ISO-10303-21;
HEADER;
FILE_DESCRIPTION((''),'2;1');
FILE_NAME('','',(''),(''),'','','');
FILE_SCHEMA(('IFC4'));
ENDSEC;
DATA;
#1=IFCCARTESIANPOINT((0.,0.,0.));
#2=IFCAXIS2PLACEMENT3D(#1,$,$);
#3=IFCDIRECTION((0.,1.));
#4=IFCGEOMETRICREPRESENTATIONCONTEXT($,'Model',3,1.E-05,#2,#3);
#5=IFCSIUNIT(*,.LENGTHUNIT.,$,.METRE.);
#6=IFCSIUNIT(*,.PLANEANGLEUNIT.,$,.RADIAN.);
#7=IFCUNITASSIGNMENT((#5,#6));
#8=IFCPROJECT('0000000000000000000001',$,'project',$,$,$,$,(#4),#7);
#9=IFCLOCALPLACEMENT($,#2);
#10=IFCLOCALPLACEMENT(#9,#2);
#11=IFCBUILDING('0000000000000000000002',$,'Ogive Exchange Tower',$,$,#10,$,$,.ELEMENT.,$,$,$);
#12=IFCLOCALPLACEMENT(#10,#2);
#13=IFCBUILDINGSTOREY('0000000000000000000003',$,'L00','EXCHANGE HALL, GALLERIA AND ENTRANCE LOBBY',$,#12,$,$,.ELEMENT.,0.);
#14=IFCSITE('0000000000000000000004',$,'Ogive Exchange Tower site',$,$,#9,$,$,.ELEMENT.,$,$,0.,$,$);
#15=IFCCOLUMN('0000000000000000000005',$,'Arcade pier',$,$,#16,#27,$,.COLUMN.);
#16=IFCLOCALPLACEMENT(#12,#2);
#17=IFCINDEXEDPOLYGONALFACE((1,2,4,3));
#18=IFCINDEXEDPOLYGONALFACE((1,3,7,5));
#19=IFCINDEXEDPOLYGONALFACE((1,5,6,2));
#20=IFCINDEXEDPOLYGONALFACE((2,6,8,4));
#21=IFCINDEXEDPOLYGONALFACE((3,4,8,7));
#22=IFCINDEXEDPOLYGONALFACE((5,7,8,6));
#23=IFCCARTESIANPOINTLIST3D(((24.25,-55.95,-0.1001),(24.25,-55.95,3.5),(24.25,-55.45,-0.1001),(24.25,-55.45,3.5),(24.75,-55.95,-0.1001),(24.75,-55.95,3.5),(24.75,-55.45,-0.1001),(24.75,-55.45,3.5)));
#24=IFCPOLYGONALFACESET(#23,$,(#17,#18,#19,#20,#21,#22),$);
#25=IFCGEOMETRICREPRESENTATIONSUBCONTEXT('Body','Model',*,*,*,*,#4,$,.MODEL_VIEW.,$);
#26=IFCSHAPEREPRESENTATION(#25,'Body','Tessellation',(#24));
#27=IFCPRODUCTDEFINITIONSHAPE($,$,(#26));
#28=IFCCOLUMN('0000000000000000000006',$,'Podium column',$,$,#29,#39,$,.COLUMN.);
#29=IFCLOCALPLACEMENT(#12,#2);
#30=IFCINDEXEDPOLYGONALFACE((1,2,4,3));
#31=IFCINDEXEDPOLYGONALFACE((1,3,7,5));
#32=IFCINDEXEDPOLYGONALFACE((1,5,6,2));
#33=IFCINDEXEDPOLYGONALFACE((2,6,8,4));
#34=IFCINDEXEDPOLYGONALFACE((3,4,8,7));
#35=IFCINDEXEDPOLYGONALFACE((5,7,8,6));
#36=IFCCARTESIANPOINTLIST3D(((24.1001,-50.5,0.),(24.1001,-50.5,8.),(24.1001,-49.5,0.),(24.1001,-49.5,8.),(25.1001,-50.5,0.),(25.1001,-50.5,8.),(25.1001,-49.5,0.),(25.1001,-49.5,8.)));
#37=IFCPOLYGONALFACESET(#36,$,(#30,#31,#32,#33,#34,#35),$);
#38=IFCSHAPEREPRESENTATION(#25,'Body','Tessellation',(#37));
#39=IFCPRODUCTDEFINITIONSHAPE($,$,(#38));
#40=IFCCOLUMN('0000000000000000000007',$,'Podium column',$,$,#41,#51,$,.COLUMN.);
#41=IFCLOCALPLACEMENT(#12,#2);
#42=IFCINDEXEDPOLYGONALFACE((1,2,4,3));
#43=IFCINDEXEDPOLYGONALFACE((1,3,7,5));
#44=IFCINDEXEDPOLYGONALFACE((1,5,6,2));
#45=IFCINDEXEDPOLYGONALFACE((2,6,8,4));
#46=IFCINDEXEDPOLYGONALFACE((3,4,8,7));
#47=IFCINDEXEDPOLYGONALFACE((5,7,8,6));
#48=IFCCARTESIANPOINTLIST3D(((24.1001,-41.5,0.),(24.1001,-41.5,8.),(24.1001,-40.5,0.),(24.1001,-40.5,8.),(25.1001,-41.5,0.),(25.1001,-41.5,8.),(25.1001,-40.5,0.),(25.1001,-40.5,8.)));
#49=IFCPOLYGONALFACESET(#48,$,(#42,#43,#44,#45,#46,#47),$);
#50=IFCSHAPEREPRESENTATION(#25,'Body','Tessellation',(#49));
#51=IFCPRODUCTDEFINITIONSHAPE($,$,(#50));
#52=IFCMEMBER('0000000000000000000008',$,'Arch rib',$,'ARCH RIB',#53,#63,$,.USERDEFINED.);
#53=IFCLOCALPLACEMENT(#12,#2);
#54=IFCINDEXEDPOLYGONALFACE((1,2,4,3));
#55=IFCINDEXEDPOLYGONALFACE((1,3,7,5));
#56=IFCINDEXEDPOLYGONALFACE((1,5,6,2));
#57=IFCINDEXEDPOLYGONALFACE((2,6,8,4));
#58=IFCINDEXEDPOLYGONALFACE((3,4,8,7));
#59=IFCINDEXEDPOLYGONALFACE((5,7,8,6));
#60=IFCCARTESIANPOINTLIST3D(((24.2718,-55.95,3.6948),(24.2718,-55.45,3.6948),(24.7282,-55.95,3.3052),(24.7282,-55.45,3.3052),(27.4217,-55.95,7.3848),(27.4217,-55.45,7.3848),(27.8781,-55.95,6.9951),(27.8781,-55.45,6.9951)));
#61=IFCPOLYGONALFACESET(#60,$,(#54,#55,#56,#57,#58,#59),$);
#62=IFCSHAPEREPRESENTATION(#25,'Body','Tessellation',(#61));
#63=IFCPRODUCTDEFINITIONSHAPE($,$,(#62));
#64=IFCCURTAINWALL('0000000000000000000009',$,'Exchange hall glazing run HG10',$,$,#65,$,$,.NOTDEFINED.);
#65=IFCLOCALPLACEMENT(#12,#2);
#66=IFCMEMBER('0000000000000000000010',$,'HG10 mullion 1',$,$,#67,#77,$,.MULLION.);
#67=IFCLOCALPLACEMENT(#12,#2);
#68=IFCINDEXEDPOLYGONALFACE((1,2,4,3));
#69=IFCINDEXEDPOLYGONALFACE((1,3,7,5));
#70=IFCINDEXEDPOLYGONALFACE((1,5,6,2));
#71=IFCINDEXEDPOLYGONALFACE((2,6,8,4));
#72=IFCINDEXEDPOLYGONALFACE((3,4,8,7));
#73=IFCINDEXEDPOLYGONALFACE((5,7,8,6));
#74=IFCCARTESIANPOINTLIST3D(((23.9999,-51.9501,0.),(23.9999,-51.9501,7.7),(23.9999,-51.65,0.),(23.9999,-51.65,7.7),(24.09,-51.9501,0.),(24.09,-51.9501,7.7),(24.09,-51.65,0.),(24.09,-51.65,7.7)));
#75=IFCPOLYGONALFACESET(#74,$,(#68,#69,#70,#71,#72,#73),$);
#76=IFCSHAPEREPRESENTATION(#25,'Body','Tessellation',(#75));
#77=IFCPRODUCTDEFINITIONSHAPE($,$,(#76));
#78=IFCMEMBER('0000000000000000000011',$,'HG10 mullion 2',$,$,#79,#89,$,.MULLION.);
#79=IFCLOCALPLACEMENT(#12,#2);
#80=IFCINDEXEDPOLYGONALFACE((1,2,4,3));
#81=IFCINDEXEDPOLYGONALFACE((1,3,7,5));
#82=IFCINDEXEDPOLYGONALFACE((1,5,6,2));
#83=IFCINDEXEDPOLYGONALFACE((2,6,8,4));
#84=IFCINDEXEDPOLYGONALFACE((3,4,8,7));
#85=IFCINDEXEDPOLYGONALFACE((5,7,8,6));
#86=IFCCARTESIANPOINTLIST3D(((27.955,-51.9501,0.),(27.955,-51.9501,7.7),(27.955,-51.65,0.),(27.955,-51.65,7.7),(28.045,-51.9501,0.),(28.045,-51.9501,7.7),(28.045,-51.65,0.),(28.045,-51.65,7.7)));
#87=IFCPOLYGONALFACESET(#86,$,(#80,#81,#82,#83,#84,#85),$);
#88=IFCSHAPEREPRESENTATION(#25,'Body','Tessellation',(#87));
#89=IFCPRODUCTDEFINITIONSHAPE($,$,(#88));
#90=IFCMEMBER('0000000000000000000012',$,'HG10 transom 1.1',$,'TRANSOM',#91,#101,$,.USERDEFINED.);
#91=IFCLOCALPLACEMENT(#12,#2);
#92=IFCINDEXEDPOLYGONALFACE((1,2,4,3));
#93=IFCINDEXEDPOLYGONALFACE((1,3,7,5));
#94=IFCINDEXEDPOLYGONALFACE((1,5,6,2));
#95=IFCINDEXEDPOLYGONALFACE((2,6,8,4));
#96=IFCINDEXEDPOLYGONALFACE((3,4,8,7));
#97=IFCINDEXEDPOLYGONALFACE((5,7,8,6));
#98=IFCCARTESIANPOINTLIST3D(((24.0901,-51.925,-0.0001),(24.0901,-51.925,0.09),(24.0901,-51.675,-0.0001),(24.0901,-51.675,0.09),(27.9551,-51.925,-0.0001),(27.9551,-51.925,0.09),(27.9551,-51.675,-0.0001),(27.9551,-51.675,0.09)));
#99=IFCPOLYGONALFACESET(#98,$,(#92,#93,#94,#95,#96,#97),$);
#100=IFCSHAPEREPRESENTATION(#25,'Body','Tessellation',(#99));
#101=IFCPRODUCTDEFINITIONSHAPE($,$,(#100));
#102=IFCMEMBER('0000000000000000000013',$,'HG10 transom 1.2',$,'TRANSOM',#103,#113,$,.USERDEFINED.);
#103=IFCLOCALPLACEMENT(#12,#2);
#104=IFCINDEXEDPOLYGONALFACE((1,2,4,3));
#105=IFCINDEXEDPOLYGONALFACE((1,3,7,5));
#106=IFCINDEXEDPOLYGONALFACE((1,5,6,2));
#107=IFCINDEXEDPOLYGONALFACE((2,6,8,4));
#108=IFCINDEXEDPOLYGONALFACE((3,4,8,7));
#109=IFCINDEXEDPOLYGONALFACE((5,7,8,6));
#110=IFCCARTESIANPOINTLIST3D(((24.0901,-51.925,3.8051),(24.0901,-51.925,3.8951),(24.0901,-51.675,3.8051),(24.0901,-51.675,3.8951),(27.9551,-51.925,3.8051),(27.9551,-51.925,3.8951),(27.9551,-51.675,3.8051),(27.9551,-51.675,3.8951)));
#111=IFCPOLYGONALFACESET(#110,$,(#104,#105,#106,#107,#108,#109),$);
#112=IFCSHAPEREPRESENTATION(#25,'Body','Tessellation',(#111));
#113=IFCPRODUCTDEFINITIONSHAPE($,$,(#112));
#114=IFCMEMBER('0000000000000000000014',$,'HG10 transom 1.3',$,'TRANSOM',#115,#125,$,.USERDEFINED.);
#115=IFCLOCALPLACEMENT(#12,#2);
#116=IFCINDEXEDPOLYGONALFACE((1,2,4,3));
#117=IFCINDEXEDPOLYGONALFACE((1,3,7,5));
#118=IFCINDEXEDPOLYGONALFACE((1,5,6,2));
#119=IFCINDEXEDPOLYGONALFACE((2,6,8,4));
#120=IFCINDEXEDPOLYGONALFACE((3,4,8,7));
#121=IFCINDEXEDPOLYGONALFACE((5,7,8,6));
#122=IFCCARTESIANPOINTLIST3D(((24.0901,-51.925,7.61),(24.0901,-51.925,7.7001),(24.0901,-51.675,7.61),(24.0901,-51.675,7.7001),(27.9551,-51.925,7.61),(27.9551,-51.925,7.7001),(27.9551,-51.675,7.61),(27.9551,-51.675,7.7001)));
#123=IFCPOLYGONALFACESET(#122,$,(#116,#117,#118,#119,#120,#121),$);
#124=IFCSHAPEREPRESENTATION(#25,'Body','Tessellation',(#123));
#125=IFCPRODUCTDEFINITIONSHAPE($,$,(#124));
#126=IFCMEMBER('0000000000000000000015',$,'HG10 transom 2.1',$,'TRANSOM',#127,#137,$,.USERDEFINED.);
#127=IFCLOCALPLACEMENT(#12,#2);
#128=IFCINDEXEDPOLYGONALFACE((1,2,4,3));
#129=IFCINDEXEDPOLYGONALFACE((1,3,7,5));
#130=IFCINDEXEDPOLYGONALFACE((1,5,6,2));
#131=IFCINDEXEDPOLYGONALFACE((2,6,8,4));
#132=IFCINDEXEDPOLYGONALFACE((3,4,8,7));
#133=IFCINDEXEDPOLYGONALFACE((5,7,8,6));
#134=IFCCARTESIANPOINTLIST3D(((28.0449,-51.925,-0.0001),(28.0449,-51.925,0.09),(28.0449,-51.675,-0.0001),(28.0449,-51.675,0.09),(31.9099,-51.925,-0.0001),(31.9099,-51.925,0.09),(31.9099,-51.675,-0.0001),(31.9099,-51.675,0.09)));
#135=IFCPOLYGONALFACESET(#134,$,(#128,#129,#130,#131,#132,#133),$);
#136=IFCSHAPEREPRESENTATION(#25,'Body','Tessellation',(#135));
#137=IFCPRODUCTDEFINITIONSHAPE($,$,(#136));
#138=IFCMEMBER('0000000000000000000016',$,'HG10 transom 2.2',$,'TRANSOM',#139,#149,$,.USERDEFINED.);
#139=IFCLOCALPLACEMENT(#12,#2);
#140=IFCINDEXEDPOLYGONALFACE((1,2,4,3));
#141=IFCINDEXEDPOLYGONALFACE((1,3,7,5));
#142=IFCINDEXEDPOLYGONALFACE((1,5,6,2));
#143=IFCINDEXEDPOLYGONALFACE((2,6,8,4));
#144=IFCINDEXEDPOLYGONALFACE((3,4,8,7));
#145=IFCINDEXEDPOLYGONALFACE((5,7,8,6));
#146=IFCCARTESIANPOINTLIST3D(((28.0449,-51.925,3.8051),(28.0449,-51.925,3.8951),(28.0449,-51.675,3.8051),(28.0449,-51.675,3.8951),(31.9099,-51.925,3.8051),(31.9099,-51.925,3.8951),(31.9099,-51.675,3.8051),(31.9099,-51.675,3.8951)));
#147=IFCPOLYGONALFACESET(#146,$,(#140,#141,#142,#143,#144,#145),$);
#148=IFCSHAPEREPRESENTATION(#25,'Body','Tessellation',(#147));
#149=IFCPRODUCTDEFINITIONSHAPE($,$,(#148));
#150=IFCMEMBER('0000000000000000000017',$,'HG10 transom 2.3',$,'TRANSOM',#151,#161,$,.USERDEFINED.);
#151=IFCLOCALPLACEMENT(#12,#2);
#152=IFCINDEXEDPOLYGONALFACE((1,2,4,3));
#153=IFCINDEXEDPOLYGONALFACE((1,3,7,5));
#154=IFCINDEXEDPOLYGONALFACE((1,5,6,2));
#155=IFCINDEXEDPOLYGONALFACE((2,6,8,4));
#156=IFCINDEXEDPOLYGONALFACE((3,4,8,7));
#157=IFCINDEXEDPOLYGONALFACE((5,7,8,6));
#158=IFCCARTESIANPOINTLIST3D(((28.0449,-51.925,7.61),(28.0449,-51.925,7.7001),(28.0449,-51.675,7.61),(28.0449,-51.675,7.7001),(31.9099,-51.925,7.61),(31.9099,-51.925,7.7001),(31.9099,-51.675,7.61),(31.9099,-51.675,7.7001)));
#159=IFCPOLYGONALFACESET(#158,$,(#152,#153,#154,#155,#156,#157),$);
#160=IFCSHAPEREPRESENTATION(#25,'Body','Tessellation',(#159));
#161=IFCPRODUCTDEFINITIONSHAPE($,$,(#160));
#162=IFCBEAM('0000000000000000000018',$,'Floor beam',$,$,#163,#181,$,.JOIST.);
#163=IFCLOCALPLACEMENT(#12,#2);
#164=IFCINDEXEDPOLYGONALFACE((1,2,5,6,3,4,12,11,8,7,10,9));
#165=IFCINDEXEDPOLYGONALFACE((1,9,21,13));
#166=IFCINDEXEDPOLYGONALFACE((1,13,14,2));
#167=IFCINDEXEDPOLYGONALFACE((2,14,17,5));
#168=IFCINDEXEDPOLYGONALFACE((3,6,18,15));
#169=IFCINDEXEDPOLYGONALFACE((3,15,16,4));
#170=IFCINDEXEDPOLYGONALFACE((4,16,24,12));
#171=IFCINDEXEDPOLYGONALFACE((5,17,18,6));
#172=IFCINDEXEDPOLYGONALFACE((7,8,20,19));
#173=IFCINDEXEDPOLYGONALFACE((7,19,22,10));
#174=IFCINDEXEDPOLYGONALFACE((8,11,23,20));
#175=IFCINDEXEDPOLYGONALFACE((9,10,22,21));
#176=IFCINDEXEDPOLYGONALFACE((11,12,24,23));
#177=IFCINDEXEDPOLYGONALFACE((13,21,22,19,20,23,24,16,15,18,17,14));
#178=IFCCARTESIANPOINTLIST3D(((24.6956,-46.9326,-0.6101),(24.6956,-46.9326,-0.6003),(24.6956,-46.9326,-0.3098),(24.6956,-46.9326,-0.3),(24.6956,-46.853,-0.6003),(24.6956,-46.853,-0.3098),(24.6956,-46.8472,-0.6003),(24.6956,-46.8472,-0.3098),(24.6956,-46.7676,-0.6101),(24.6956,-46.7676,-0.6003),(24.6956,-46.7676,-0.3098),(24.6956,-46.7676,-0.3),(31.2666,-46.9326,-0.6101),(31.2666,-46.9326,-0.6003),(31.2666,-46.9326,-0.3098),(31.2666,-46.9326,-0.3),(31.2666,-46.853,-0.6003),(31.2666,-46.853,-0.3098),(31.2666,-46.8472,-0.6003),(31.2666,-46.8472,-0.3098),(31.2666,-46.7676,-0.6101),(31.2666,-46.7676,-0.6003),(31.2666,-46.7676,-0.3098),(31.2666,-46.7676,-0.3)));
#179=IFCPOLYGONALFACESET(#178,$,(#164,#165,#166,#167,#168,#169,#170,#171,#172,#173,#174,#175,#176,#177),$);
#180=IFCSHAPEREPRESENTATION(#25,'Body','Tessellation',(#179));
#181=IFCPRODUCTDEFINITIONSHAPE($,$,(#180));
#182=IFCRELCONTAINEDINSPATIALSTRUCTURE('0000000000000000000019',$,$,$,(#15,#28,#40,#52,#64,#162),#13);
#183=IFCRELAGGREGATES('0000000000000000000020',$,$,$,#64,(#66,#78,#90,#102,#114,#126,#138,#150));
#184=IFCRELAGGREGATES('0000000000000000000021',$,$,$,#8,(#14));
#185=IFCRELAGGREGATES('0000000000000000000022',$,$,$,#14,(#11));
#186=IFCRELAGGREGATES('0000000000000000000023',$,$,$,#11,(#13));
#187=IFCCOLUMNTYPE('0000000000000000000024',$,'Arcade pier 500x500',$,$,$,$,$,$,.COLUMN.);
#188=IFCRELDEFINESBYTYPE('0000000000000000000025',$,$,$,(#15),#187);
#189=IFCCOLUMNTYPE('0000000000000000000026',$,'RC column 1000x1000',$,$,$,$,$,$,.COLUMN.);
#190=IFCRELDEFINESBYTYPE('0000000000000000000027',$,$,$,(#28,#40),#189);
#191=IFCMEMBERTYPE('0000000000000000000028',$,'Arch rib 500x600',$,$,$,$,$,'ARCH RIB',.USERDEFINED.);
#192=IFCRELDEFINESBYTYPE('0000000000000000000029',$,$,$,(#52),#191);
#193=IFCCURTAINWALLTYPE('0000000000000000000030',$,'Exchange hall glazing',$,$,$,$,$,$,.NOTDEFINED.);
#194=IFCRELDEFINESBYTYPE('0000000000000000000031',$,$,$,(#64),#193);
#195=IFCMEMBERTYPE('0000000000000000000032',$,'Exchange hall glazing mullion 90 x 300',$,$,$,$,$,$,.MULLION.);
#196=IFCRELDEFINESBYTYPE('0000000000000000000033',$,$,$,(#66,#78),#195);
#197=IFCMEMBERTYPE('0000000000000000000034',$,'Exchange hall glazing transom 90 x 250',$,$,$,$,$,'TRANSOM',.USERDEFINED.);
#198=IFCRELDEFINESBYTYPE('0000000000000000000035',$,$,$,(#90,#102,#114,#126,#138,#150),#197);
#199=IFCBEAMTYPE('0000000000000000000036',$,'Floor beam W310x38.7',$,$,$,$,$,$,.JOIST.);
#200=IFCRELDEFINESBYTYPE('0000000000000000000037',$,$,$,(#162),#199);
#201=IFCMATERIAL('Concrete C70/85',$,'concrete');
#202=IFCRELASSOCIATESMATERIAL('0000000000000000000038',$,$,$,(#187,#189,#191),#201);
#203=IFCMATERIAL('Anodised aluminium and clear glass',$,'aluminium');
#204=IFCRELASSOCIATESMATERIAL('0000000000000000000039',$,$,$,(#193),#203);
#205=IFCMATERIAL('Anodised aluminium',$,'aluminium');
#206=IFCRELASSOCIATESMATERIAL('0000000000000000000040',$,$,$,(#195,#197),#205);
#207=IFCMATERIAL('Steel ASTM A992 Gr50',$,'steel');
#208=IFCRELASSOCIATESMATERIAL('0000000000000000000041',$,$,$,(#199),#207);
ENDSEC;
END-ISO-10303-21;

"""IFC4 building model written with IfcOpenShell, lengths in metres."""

from ifc_helpers import new_model, si_unit, direction, frame, origin, origin_2d, place, context, subcontext, project, spatial, rectangle, i_section, extrude, material, material_profile, profile_set, type_object, element, aggregate, save


model = new_model("IFC4")

# Units and contexts
model_context = context("Model", 3, precision=1e-05, world=origin(), true_north=direction((0.0, 1.0)))
body_context = subcontext(model_context, "Body", "Model", "MODEL_VIEW")
ifc_project = project(units=[si_unit("LENGTHUNIT", "METRE"), si_unit("PLANEANGLEUNIT", "RADIAN")], contexts=[model_context])

# Site, building, storey
site_placement = place(None, origin())
site = spatial("IfcSite", under=ifc_project, at=site_placement, Name="Ogive Exchange Tower site", CompositionType="ELEMENT", RefElevation=0.0)
building_placement = place(site_placement, origin())
building = spatial("IfcBuilding", under=site, at=building_placement, Name="Ogive Exchange Tower", CompositionType="ELEMENT")
storey_placement = place(building_placement, origin())
storey = spatial("IfcBuildingStorey", under=building, at=storey_placement, Name="L00", Description="EXCHANGE HALL, GALLERIA AND ENTRANCE LOBBY", CompositionType="ELEMENT", Elevation=0.0)

# Columns
ifc_material_1 = material(Name="Concrete C70/85", Category="concrete")
ifc_material_profile_1 = material_profile(ifc_material_1, rectangle(XDim=0.5, YDim=0.5, at=origin_2d()), Name="RC 500x500")
ifc_profile_set_1 = profile_set([ifc_material_profile_1], Name="Concrete C70/85")
column_type_1 = type_object("IfcColumnType", Name="Arcade pier 500x500", PredefinedType="COLUMN", material=ifc_profile_set_1)
column_placement = place(storey_placement, frame((24.5, -55.7, -0.1001), z_axis=(0.0, 0.0, 1.0), x_axis=(1.0, 0.0, 0.0)))
element("IfcColumn", 1, at=column_placement, inside=storey, type_object=column_type_1, Name="Arcade pier", PredefinedType="COLUMN", context=body_context, shape_type="SweptSolid", body=[
    extrude(rectangle(XDim=0.5, YDim=0.5, at=origin_2d()), origin(), (0.0, 0.0, 1.0), 3.6001),
])
ifc_material_profile_2 = material_profile(ifc_material_1, rectangle(XDim=1.0, YDim=1.0, at=origin_2d()), Name="RC 1000x1000")
ifc_profile_set_2 = profile_set([ifc_material_profile_2], Name="Concrete C70/85")
column_type_2 = type_object("IfcColumnType", Name="RC column 1000x1000", PredefinedType="COLUMN", material=ifc_profile_set_2)
for number, where, z_axis, x_axis, name in (
    (2, (24.6001, -50.0, 0.0), (0.0, 0.0, 1.0), (1.0, 0.0, 0.0), "Podium column"),
    (3, (24.6001, -41.0, 0.0), (0.0, 0.0, 1.0), (1.0, 0.0, 0.0), "Podium column"),
):
    element("IfcColumn", number, at=place(storey_placement, frame(where, z_axis=z_axis, x_axis=x_axis)), inside=storey, type_object=column_type_2, Name=name, PredefinedType="COLUMN", context=body_context, shape_type="SweptSolid", body=[
        extrude(rectangle(XDim=1.0, YDim=1.0, at=origin_2d()), origin(), (0.0, 0.0, 1.0), 8.0),
    ])

# Member
ifc_material_profile_3 = material_profile(ifc_material_1, rectangle(XDim=0.5, YDim=0.6001, at=origin_2d()), Name="PC 500x600")
ifc_profile_set_3 = profile_set([ifc_material_profile_3], Name="Concrete C70/85")
member_type_1 = type_object("IfcMemberType", Name="Arch rib 500x600", ElementType="ARCH RIB", PredefinedType="USERDEFINED", material=ifc_profile_set_3)
member_1_placement = place(storey_placement, frame((24.5, -55.7, 3.5), z_axis=(0.649257, 0.0, 0.760569), x_axis=(0.0, 1.0, 0.0)))
element("IfcMember", 4, at=member_1_placement, inside=storey, type_object=member_type_1, Name="Arch rib", ObjectType="ARCH RIB", PredefinedType="USERDEFINED", context=body_context, shape_type="SweptSolid", body=[
    extrude(rectangle(XDim=0.5, YDim=0.6001, at=origin_2d()), origin(), (0.0, 0.0, 1.0), 4.8516),
])

# Curtain wall, members
ifc_material_2 = material(Name="Anodised aluminium and clear glass", Category="aluminium")
curtain_wall_type = type_object("IfcCurtainWallType", Name="Exchange hall glazing", PredefinedType="NOTDEFINED", material=ifc_material_2)
curtain_wall_placement = place(storey_placement, origin())
curtain_wall = element("IfcCurtainWall", 5, at=curtain_wall_placement, inside=storey, type_object=curtain_wall_type, Name="Exchange hall glazing run HG10", PredefinedType="NOTDEFINED")
ifc_material_3 = material(Name="Anodised aluminium", Category="aluminium")
ifc_material_profile_4 = material_profile(ifc_material_3, rectangle(XDim=0.3, YDim=0.0901, at=origin_2d()), Name="AL 90x300")
ifc_profile_set_4 = profile_set([ifc_material_profile_4], Name="Anodised aluminium")
member_type_2 = type_object("IfcMemberType", Name="Exchange hall glazing mullion 90 x 300", PredefinedType="MULLION", material=ifc_profile_set_4)
member_2_placement = place(storey_placement, frame((24.0449, -51.8, 0.0), z_axis=(0.0, 0.0, 1.0), x_axis=(0.0, 1.0, 0.0)))
member_2 = element("IfcMember", 6, at=member_2_placement, type_object=member_type_2, Name="HG10 mullion 1", PredefinedType="MULLION", context=body_context, shape_type="SweptSolid", body=[
    extrude(rectangle(XDim=0.3, YDim=0.0901, at=origin_2d()), origin(), (0.0, 0.0, 1.0), 7.7),
])
member_3_placement = place(storey_placement, frame((28.0, -51.8, 0.0), z_axis=(0.0, 0.0, 1.0), x_axis=(0.0, 1.0, 0.0)))
member_3 = element("IfcMember", 7, at=member_3_placement, type_object=member_type_2, Name="HG10 mullion 2", PredefinedType="MULLION", context=body_context, shape_type="SweptSolid", body=[
    extrude(rectangle(XDim=0.3, YDim=0.0901, at=origin_2d()), origin(), (0.0, 0.0, 1.0), 7.7),
])
ifc_material_profile_5 = material_profile(ifc_material_3, rectangle(XDim=0.25, YDim=0.0901, at=origin_2d()), Name="AL 90x250")
ifc_profile_set_5 = profile_set([ifc_material_profile_5], Name="Anodised aluminium")
member_type_3 = type_object("IfcMemberType", Name="Exchange hall glazing transom 90 x 250", ElementType="TRANSOM", PredefinedType="USERDEFINED", material=ifc_profile_set_5)
member_4_placement = place(storey_placement, frame((24.0901, -51.8, 0.0449), z_axis=(1.0, 0.0, 0.0), x_axis=(0.0, 1.0, 0.0)))
member_4 = element("IfcMember", 8, at=member_4_placement, type_object=member_type_3, Name="HG10 transom 1.1", ObjectType="TRANSOM", PredefinedType="USERDEFINED", context=body_context, shape_type="SweptSolid", body=[
    extrude(rectangle(XDim=0.25, YDim=0.0901, at=origin_2d()), origin(), (0.0, 0.0, 1.0), 3.865),
])
member_5_placement = place(storey_placement, frame((24.0901, -51.8, 3.8501), z_axis=(1.0, 0.0, 0.0), x_axis=(0.0, 1.0, 0.0)))
member_5 = element("IfcMember", 9, at=member_5_placement, type_object=member_type_3, Name="HG10 transom 1.2", ObjectType="TRANSOM", PredefinedType="USERDEFINED", context=body_context, shape_type="SweptSolid", body=[
    extrude(rectangle(XDim=0.25, YDim=0.0901, at=origin_2d()), origin(), (0.0, 0.0, 1.0), 3.865),
])
member_6_placement = place(storey_placement, frame((24.0901, -51.8, 7.655), z_axis=(1.0, 0.0, 0.0), x_axis=(0.0, 1.0, 0.0)))
member_6 = element("IfcMember", 10, at=member_6_placement, type_object=member_type_3, Name="HG10 transom 1.3", ObjectType="TRANSOM", PredefinedType="USERDEFINED", context=body_context, shape_type="SweptSolid", body=[
    extrude(rectangle(XDim=0.25, YDim=0.0901, at=origin_2d()), origin(), (0.0, 0.0, 1.0), 3.865),
])
member_7_placement = place(storey_placement, frame((28.0449, -51.8, 0.0449), z_axis=(1.0, 0.0, 0.0), x_axis=(0.0, 1.0, 0.0)))
member_7 = element("IfcMember", 11, at=member_7_placement, type_object=member_type_3, Name="HG10 transom 2.1", ObjectType="TRANSOM", PredefinedType="USERDEFINED", context=body_context, shape_type="SweptSolid", body=[
    extrude(rectangle(XDim=0.25, YDim=0.0901, at=origin_2d()), origin(), (0.0, 0.0, 1.0), 3.865),
])
member_8_placement = place(storey_placement, frame((28.0449, -51.8, 3.8501), z_axis=(1.0, 0.0, 0.0), x_axis=(0.0, 1.0, 0.0)))
member_8 = element("IfcMember", 12, at=member_8_placement, type_object=member_type_3, Name="HG10 transom 2.2", ObjectType="TRANSOM", PredefinedType="USERDEFINED", context=body_context, shape_type="SweptSolid", body=[
    extrude(rectangle(XDim=0.25, YDim=0.0901, at=origin_2d()), origin(), (0.0, 0.0, 1.0), 3.865),
])
member_9_placement = place(storey_placement, frame((28.0449, -51.8, 7.655), z_axis=(1.0, 0.0, 0.0), x_axis=(0.0, 1.0, 0.0)))
member_9 = element("IfcMember", 13, at=member_9_placement, type_object=member_type_3, Name="HG10 transom 2.3", ObjectType="TRANSOM", PredefinedType="USERDEFINED", context=body_context, shape_type="SweptSolid", body=[
    extrude(rectangle(XDim=0.25, YDim=0.0901, at=origin_2d()), origin(), (0.0, 0.0, 1.0), 3.865),
])

# Beam
ifc_material_4 = material(Name="Steel ASTM A992 Gr50", Category="steel")
ifc_material_profile_6 = material_profile(ifc_material_4, i_section(OverallWidth=0.165, OverallDepth=0.3101, WebThickness=0.0059, FlangeThickness=0.0098, at=origin_2d()), Name="W310x38.7")
ifc_profile_set_6 = profile_set([ifc_material_profile_6], Name="Steel ASTM A992 Gr50")
beam_type_1 = type_object("IfcBeamType", Name="Floor beam W310x38.7", PredefinedType="JOIST", material=ifc_profile_set_6)
for number, where, z_axis, x_axis, name in (
    (14, (24.6956, -46.8501, -0.4551), (1.0, 0.0, 0.0), (0.0, 1.0, 0.0), "Floor beam"),
):
    element("IfcBeam", number, at=place(storey_placement, frame(where, z_axis=z_axis, x_axis=x_axis)), inside=storey, type_object=beam_type_1, Name=name, PredefinedType="JOIST", context=body_context, shape_type="SweptSolid", body=[
        extrude(i_section(OverallWidth=0.165, OverallDepth=0.3101, WebThickness=0.0059, FlangeThickness=0.0098, at=origin_2d()), origin(), (0.0, 0.0, 1.0), 6.571),
    ])

aggregate(curtain_wall, [member_2, member_3, member_4, member_5, member_6, member_7, member_8, member_9])

save(model, "model.ifc")
